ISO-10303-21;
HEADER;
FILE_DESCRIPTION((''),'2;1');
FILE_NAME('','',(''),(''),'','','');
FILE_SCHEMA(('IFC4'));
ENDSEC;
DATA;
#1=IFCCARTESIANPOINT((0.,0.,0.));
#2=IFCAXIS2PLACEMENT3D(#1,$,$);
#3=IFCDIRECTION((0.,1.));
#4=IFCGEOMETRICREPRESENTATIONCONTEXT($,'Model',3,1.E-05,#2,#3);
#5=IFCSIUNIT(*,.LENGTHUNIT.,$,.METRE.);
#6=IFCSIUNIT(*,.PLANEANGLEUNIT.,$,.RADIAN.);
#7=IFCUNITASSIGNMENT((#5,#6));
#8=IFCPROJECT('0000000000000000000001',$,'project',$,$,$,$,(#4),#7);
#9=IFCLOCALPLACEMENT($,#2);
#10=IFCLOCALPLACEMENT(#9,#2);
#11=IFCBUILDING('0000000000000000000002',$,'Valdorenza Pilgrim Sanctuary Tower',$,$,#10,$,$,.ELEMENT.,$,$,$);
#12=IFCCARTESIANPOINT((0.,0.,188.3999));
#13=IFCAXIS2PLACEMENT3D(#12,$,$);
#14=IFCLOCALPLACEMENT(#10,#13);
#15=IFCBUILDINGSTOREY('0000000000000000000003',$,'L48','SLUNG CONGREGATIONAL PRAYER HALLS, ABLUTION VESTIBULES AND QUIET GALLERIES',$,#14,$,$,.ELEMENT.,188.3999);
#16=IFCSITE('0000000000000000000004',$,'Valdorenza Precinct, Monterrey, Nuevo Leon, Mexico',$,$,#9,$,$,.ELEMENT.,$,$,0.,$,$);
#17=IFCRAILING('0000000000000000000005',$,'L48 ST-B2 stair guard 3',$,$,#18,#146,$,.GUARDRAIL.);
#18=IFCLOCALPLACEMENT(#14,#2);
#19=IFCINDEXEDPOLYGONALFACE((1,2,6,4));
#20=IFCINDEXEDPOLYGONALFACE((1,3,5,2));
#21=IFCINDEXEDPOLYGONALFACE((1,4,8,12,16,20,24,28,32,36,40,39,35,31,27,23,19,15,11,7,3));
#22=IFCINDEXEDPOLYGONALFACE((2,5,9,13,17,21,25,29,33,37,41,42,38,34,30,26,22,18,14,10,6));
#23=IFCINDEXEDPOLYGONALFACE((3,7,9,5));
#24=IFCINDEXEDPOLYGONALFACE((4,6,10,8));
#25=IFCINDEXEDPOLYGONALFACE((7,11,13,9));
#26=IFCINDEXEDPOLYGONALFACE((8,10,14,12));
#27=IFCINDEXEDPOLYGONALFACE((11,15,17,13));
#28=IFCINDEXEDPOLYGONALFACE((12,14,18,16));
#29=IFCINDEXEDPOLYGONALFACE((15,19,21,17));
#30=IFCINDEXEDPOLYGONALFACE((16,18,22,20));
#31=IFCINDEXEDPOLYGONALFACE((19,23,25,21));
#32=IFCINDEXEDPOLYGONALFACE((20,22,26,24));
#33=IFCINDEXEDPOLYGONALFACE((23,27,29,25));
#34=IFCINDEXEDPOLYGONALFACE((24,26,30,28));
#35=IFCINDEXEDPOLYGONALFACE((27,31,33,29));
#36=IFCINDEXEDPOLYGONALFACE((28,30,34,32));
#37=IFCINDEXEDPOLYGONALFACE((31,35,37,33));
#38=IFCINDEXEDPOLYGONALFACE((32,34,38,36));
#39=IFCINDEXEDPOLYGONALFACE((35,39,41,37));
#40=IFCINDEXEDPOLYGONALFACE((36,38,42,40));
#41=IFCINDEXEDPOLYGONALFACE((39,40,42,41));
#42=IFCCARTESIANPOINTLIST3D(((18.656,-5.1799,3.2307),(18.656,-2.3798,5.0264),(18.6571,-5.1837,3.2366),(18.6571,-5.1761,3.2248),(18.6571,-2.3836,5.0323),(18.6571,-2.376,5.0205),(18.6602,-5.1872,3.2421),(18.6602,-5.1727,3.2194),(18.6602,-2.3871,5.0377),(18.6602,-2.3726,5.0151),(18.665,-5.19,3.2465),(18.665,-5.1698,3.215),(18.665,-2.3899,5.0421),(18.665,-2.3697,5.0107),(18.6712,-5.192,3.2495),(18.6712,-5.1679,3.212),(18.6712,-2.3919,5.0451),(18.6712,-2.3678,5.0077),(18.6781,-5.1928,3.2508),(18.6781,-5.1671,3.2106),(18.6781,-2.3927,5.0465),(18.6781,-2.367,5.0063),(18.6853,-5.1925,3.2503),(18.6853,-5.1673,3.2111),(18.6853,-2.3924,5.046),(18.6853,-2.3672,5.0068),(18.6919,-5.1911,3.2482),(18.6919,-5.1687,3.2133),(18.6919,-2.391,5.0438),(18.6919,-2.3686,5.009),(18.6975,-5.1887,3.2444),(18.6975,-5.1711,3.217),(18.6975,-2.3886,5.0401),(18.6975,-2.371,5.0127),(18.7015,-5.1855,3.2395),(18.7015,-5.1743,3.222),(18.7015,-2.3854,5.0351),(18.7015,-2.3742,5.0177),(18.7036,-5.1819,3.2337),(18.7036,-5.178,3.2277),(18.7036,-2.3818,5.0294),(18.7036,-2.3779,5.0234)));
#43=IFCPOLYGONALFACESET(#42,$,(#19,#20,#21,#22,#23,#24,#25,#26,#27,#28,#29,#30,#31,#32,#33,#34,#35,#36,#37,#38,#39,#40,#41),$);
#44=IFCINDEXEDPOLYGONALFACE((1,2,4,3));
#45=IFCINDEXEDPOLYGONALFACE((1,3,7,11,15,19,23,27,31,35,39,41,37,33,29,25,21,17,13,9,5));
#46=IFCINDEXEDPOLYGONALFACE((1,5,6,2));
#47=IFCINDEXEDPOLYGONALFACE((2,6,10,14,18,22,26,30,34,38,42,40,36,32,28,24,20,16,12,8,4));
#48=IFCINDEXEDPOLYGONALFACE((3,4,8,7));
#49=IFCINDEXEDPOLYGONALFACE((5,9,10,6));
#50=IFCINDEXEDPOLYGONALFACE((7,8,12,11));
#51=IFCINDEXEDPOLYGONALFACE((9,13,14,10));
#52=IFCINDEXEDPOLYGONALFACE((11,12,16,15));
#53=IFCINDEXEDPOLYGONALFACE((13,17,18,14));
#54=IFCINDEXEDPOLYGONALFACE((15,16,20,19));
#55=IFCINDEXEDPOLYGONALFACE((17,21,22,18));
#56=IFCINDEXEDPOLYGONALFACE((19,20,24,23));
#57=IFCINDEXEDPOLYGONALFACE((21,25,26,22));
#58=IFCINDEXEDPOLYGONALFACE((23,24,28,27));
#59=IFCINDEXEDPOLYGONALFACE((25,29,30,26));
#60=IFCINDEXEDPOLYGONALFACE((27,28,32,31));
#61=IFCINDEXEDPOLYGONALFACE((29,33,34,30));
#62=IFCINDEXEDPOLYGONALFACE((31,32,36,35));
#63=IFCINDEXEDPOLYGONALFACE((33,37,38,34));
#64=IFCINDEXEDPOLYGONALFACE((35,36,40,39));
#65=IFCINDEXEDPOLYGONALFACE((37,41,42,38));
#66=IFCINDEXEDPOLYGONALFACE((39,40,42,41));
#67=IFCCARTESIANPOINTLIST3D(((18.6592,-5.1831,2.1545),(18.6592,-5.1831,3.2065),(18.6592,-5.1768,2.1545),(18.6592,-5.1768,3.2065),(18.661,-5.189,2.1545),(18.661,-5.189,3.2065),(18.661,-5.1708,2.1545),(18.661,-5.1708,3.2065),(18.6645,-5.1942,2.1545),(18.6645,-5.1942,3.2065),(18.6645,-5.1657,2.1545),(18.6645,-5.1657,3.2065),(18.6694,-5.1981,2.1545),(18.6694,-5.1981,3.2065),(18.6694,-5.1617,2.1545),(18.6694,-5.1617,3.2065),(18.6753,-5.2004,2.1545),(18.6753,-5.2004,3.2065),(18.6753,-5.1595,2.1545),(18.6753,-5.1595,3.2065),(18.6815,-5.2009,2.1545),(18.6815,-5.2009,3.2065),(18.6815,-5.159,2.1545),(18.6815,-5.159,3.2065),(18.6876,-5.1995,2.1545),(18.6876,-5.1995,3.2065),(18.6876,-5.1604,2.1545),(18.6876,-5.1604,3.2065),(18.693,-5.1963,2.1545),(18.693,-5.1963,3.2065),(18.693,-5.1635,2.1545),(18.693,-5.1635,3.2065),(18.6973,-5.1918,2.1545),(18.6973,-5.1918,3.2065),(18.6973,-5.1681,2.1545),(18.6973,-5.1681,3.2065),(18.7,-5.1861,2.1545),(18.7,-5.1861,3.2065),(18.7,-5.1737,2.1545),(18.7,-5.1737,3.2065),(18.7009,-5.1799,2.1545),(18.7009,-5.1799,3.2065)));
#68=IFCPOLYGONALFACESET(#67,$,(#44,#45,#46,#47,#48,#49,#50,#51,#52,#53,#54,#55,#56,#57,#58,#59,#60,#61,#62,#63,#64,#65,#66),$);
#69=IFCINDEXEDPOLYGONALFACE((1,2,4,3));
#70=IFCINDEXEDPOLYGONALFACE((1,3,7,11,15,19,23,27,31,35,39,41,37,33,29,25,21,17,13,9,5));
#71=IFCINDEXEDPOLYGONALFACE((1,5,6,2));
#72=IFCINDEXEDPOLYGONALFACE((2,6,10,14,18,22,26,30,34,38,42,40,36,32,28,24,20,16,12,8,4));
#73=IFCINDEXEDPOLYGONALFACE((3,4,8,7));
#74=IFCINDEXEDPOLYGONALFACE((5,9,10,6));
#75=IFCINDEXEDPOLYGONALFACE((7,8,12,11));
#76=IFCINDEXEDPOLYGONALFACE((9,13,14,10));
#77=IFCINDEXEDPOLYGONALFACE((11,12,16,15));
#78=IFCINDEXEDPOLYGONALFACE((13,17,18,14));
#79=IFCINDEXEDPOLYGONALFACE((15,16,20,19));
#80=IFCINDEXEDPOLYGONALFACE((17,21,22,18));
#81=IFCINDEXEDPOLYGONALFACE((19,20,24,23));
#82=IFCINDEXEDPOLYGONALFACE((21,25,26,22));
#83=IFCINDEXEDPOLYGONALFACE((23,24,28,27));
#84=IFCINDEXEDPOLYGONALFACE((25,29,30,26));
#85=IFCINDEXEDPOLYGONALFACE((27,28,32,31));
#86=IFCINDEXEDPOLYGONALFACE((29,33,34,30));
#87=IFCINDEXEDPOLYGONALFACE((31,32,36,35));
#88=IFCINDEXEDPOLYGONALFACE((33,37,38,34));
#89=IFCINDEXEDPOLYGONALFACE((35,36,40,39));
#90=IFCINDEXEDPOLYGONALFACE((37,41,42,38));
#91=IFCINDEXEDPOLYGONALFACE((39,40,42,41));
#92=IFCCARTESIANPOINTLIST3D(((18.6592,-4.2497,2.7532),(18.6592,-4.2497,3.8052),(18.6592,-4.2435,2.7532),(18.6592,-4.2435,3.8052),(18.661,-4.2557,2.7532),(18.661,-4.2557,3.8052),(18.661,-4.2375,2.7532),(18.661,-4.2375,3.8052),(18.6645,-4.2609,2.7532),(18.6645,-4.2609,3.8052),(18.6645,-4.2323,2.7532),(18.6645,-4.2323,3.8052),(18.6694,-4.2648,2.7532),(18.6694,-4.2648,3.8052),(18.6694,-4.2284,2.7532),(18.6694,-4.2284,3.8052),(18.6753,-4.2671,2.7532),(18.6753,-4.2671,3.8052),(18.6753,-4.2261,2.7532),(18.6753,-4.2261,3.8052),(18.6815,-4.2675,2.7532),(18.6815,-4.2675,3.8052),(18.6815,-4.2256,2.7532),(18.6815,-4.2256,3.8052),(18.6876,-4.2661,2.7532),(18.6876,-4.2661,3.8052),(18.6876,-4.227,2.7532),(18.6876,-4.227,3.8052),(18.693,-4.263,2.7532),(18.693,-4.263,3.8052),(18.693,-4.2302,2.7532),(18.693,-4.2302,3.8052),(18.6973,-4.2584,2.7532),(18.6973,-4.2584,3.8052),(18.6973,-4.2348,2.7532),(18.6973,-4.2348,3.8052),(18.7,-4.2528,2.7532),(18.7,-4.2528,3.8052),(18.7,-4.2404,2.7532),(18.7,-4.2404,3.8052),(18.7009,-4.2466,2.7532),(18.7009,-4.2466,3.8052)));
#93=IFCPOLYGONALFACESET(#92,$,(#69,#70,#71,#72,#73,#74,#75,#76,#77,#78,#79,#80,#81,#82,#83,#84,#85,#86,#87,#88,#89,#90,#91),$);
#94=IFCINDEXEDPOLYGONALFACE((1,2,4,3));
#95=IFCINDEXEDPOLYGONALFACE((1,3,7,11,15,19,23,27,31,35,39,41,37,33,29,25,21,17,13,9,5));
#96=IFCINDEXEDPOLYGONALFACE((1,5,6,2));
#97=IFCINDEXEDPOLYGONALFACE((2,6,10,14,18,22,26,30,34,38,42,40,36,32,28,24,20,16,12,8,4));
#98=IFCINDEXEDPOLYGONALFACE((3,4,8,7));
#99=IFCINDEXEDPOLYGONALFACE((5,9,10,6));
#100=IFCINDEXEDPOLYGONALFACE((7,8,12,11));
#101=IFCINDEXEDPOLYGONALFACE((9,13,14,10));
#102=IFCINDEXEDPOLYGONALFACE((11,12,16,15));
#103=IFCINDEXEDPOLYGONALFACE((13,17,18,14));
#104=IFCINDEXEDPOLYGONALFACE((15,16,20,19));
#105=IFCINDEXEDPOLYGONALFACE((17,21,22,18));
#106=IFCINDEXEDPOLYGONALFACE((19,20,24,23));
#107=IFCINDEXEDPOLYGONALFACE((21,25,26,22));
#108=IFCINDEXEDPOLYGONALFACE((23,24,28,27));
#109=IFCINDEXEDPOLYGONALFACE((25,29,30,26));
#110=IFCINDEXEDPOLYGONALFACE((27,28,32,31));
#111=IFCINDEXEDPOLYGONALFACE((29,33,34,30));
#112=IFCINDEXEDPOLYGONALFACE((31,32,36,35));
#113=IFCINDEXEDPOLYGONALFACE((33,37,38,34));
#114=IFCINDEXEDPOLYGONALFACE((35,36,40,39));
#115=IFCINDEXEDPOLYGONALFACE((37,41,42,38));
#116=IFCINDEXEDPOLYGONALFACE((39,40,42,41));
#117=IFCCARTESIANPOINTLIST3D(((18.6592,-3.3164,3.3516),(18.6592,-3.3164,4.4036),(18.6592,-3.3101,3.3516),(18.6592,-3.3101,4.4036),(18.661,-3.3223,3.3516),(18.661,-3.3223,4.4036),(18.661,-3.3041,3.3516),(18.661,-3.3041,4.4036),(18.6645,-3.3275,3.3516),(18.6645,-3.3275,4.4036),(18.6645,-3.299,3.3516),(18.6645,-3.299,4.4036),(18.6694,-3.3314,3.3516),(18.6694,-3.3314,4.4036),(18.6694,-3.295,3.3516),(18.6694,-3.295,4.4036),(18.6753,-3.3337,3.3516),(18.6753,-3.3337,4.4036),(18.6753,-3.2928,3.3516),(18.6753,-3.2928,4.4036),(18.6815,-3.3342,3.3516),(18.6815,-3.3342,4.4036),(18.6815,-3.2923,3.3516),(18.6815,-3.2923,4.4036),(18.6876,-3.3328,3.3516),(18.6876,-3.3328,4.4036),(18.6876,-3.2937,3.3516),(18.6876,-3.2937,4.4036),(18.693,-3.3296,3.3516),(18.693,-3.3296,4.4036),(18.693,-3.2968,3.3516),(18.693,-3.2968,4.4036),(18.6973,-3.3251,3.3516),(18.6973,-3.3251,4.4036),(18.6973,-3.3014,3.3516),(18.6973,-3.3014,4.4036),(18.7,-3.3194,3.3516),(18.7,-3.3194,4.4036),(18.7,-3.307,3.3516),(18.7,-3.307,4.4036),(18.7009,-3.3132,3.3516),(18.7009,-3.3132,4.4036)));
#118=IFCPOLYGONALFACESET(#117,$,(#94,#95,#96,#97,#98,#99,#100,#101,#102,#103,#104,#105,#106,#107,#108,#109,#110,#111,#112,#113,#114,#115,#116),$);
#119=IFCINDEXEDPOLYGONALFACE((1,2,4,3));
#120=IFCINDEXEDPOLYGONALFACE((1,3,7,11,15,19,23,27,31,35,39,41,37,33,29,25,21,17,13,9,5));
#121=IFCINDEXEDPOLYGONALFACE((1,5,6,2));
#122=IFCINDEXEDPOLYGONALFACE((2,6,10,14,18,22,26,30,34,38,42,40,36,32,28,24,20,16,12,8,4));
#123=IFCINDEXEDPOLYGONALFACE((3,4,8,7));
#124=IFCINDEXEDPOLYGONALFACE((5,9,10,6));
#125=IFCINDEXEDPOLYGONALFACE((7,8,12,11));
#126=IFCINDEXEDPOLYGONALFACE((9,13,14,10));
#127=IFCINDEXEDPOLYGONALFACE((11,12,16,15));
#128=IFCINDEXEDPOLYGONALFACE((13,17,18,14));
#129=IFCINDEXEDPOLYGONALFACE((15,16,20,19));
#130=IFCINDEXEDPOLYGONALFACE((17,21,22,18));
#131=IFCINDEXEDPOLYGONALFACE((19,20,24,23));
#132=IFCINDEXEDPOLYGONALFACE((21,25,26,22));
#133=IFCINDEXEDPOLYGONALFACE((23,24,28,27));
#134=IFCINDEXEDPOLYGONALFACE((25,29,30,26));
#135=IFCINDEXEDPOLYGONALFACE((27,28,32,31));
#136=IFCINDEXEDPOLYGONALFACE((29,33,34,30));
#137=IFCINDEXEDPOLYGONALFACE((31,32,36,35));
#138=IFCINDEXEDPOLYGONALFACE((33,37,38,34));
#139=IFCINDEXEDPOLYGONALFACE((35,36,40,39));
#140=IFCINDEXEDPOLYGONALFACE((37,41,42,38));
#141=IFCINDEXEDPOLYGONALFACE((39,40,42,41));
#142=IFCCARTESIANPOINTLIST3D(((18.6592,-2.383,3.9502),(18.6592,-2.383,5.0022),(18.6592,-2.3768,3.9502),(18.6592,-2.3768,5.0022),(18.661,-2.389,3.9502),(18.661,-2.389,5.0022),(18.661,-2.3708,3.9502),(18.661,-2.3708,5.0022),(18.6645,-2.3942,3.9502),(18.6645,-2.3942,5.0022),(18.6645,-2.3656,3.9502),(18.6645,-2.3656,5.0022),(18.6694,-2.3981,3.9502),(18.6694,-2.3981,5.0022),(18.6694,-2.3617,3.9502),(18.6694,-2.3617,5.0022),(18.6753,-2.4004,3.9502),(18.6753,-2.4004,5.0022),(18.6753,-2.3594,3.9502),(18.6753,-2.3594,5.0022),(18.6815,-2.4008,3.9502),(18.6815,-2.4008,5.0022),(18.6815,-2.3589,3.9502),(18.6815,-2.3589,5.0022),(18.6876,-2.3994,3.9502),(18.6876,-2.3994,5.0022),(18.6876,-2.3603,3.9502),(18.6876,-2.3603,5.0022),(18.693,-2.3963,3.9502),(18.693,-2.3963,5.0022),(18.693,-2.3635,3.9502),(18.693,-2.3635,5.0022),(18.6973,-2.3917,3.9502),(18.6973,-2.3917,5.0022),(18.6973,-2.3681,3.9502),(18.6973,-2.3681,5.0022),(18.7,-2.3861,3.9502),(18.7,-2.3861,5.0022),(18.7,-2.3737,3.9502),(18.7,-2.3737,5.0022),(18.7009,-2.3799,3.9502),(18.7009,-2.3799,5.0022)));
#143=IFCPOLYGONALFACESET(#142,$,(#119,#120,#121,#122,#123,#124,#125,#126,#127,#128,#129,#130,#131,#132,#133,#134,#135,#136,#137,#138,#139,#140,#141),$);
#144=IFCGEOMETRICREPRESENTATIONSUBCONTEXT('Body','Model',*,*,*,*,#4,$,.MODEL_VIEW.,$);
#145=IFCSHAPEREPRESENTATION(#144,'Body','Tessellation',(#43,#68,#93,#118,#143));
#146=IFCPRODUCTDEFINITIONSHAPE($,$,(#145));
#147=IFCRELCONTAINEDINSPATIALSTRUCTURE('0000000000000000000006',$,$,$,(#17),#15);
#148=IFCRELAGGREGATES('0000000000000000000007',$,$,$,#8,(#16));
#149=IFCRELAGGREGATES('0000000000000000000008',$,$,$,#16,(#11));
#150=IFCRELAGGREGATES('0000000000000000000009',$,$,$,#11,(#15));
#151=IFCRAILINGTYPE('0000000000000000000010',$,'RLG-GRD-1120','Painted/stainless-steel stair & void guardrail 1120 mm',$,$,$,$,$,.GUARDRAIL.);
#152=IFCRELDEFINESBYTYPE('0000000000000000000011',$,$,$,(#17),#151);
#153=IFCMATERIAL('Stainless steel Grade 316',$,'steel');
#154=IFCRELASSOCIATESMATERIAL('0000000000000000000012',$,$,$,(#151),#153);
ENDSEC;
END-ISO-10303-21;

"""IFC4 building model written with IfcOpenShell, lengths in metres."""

from ifc_helpers import new_model, si_unit, direction, frame, origin, origin_2d, place, context, subcontext, project, spatial, circle, extrude, material, type_object, element, save


model = new_model("IFC4")

# Units and contexts
model_context = context("Model", 3, precision=1e-05, world=origin(), true_north=direction((0.0, 1.0)))
body_context = subcontext(model_context, "Body", "Model", "MODEL_VIEW")
ifc_project = project(units=[si_unit("LENGTHUNIT", "METRE"), si_unit("PLANEANGLEUNIT", "RADIAN")], contexts=[model_context])

# Site, building, storey
site_placement = place(None, origin())
site = spatial("IfcSite", under=ifc_project, at=site_placement, Name="Valdorenza Precinct, Monterrey, Nuevo Leon, Mexico", CompositionType="ELEMENT", RefElevation=0.0)
building_placement = place(site_placement, origin())
building = spatial("IfcBuilding", under=site, at=building_placement, Name="Valdorenza Pilgrim Sanctuary Tower", CompositionType="ELEMENT")
storey_placement = place(building_placement, frame((0.0, 0.0, 188.3999)))
storey = spatial("IfcBuildingStorey", under=building, at=storey_placement, Name="L48", Description="SLUNG CONGREGATIONAL PRAYER HALLS, ABLUTION VESTIBULES AND QUIET GALLERIES", CompositionType="ELEMENT", Elevation=188.3999)

# Railing
ifc_material_1 = material(Name="Stainless steel Grade 316", Category="steel")
railing_type_1 = type_object("IfcRailingType", Name="RLG-GRD-1120", Description="Painted/stainless-steel stair & void guardrail 1120 mm", PredefinedType="GUARDRAIL", material=ifc_material_1)
railing_1_placement = place(storey_placement, frame((18.6799, -5.1799, 2.1545)))
element("IfcRailing", 1, at=railing_1_placement, inside=storey, type_object=railing_type_1, Name="L48 ST-B2 stair guard 3", PredefinedType="GUARDRAIL", context=body_context, shape_type="SweptSolid", body=[
    extrude(circle(Radius=0.0239, at=origin_2d()), frame((0.0, 0.0, 1.0762), z_axis=(0.0, 0.841777, 0.539826), x_axis=(-1.0, 0.0, 0.0)), (0.0, 0.0, 1.0), 3.3264),
    extrude(circle(Radius=0.021, at=origin_2d()), origin(), (0.0, 0.0, 1.0), 1.052),
    extrude(circle(Radius=0.021, at=origin_2d()), frame((0.0, 0.9333, 0.5986)), (0.0, 0.0, 1.0), 1.052),
    extrude(circle(Radius=0.021, at=origin_2d()), frame((0.0, 1.8667, 1.197)), (0.0, 0.0, 1.0), 1.052),
    extrude(circle(Radius=0.021, at=origin_2d()), frame((0.0, 2.8, 1.7957)), (0.0, 0.0, 1.0), 1.052),
])

save(model, "model.ifc")
